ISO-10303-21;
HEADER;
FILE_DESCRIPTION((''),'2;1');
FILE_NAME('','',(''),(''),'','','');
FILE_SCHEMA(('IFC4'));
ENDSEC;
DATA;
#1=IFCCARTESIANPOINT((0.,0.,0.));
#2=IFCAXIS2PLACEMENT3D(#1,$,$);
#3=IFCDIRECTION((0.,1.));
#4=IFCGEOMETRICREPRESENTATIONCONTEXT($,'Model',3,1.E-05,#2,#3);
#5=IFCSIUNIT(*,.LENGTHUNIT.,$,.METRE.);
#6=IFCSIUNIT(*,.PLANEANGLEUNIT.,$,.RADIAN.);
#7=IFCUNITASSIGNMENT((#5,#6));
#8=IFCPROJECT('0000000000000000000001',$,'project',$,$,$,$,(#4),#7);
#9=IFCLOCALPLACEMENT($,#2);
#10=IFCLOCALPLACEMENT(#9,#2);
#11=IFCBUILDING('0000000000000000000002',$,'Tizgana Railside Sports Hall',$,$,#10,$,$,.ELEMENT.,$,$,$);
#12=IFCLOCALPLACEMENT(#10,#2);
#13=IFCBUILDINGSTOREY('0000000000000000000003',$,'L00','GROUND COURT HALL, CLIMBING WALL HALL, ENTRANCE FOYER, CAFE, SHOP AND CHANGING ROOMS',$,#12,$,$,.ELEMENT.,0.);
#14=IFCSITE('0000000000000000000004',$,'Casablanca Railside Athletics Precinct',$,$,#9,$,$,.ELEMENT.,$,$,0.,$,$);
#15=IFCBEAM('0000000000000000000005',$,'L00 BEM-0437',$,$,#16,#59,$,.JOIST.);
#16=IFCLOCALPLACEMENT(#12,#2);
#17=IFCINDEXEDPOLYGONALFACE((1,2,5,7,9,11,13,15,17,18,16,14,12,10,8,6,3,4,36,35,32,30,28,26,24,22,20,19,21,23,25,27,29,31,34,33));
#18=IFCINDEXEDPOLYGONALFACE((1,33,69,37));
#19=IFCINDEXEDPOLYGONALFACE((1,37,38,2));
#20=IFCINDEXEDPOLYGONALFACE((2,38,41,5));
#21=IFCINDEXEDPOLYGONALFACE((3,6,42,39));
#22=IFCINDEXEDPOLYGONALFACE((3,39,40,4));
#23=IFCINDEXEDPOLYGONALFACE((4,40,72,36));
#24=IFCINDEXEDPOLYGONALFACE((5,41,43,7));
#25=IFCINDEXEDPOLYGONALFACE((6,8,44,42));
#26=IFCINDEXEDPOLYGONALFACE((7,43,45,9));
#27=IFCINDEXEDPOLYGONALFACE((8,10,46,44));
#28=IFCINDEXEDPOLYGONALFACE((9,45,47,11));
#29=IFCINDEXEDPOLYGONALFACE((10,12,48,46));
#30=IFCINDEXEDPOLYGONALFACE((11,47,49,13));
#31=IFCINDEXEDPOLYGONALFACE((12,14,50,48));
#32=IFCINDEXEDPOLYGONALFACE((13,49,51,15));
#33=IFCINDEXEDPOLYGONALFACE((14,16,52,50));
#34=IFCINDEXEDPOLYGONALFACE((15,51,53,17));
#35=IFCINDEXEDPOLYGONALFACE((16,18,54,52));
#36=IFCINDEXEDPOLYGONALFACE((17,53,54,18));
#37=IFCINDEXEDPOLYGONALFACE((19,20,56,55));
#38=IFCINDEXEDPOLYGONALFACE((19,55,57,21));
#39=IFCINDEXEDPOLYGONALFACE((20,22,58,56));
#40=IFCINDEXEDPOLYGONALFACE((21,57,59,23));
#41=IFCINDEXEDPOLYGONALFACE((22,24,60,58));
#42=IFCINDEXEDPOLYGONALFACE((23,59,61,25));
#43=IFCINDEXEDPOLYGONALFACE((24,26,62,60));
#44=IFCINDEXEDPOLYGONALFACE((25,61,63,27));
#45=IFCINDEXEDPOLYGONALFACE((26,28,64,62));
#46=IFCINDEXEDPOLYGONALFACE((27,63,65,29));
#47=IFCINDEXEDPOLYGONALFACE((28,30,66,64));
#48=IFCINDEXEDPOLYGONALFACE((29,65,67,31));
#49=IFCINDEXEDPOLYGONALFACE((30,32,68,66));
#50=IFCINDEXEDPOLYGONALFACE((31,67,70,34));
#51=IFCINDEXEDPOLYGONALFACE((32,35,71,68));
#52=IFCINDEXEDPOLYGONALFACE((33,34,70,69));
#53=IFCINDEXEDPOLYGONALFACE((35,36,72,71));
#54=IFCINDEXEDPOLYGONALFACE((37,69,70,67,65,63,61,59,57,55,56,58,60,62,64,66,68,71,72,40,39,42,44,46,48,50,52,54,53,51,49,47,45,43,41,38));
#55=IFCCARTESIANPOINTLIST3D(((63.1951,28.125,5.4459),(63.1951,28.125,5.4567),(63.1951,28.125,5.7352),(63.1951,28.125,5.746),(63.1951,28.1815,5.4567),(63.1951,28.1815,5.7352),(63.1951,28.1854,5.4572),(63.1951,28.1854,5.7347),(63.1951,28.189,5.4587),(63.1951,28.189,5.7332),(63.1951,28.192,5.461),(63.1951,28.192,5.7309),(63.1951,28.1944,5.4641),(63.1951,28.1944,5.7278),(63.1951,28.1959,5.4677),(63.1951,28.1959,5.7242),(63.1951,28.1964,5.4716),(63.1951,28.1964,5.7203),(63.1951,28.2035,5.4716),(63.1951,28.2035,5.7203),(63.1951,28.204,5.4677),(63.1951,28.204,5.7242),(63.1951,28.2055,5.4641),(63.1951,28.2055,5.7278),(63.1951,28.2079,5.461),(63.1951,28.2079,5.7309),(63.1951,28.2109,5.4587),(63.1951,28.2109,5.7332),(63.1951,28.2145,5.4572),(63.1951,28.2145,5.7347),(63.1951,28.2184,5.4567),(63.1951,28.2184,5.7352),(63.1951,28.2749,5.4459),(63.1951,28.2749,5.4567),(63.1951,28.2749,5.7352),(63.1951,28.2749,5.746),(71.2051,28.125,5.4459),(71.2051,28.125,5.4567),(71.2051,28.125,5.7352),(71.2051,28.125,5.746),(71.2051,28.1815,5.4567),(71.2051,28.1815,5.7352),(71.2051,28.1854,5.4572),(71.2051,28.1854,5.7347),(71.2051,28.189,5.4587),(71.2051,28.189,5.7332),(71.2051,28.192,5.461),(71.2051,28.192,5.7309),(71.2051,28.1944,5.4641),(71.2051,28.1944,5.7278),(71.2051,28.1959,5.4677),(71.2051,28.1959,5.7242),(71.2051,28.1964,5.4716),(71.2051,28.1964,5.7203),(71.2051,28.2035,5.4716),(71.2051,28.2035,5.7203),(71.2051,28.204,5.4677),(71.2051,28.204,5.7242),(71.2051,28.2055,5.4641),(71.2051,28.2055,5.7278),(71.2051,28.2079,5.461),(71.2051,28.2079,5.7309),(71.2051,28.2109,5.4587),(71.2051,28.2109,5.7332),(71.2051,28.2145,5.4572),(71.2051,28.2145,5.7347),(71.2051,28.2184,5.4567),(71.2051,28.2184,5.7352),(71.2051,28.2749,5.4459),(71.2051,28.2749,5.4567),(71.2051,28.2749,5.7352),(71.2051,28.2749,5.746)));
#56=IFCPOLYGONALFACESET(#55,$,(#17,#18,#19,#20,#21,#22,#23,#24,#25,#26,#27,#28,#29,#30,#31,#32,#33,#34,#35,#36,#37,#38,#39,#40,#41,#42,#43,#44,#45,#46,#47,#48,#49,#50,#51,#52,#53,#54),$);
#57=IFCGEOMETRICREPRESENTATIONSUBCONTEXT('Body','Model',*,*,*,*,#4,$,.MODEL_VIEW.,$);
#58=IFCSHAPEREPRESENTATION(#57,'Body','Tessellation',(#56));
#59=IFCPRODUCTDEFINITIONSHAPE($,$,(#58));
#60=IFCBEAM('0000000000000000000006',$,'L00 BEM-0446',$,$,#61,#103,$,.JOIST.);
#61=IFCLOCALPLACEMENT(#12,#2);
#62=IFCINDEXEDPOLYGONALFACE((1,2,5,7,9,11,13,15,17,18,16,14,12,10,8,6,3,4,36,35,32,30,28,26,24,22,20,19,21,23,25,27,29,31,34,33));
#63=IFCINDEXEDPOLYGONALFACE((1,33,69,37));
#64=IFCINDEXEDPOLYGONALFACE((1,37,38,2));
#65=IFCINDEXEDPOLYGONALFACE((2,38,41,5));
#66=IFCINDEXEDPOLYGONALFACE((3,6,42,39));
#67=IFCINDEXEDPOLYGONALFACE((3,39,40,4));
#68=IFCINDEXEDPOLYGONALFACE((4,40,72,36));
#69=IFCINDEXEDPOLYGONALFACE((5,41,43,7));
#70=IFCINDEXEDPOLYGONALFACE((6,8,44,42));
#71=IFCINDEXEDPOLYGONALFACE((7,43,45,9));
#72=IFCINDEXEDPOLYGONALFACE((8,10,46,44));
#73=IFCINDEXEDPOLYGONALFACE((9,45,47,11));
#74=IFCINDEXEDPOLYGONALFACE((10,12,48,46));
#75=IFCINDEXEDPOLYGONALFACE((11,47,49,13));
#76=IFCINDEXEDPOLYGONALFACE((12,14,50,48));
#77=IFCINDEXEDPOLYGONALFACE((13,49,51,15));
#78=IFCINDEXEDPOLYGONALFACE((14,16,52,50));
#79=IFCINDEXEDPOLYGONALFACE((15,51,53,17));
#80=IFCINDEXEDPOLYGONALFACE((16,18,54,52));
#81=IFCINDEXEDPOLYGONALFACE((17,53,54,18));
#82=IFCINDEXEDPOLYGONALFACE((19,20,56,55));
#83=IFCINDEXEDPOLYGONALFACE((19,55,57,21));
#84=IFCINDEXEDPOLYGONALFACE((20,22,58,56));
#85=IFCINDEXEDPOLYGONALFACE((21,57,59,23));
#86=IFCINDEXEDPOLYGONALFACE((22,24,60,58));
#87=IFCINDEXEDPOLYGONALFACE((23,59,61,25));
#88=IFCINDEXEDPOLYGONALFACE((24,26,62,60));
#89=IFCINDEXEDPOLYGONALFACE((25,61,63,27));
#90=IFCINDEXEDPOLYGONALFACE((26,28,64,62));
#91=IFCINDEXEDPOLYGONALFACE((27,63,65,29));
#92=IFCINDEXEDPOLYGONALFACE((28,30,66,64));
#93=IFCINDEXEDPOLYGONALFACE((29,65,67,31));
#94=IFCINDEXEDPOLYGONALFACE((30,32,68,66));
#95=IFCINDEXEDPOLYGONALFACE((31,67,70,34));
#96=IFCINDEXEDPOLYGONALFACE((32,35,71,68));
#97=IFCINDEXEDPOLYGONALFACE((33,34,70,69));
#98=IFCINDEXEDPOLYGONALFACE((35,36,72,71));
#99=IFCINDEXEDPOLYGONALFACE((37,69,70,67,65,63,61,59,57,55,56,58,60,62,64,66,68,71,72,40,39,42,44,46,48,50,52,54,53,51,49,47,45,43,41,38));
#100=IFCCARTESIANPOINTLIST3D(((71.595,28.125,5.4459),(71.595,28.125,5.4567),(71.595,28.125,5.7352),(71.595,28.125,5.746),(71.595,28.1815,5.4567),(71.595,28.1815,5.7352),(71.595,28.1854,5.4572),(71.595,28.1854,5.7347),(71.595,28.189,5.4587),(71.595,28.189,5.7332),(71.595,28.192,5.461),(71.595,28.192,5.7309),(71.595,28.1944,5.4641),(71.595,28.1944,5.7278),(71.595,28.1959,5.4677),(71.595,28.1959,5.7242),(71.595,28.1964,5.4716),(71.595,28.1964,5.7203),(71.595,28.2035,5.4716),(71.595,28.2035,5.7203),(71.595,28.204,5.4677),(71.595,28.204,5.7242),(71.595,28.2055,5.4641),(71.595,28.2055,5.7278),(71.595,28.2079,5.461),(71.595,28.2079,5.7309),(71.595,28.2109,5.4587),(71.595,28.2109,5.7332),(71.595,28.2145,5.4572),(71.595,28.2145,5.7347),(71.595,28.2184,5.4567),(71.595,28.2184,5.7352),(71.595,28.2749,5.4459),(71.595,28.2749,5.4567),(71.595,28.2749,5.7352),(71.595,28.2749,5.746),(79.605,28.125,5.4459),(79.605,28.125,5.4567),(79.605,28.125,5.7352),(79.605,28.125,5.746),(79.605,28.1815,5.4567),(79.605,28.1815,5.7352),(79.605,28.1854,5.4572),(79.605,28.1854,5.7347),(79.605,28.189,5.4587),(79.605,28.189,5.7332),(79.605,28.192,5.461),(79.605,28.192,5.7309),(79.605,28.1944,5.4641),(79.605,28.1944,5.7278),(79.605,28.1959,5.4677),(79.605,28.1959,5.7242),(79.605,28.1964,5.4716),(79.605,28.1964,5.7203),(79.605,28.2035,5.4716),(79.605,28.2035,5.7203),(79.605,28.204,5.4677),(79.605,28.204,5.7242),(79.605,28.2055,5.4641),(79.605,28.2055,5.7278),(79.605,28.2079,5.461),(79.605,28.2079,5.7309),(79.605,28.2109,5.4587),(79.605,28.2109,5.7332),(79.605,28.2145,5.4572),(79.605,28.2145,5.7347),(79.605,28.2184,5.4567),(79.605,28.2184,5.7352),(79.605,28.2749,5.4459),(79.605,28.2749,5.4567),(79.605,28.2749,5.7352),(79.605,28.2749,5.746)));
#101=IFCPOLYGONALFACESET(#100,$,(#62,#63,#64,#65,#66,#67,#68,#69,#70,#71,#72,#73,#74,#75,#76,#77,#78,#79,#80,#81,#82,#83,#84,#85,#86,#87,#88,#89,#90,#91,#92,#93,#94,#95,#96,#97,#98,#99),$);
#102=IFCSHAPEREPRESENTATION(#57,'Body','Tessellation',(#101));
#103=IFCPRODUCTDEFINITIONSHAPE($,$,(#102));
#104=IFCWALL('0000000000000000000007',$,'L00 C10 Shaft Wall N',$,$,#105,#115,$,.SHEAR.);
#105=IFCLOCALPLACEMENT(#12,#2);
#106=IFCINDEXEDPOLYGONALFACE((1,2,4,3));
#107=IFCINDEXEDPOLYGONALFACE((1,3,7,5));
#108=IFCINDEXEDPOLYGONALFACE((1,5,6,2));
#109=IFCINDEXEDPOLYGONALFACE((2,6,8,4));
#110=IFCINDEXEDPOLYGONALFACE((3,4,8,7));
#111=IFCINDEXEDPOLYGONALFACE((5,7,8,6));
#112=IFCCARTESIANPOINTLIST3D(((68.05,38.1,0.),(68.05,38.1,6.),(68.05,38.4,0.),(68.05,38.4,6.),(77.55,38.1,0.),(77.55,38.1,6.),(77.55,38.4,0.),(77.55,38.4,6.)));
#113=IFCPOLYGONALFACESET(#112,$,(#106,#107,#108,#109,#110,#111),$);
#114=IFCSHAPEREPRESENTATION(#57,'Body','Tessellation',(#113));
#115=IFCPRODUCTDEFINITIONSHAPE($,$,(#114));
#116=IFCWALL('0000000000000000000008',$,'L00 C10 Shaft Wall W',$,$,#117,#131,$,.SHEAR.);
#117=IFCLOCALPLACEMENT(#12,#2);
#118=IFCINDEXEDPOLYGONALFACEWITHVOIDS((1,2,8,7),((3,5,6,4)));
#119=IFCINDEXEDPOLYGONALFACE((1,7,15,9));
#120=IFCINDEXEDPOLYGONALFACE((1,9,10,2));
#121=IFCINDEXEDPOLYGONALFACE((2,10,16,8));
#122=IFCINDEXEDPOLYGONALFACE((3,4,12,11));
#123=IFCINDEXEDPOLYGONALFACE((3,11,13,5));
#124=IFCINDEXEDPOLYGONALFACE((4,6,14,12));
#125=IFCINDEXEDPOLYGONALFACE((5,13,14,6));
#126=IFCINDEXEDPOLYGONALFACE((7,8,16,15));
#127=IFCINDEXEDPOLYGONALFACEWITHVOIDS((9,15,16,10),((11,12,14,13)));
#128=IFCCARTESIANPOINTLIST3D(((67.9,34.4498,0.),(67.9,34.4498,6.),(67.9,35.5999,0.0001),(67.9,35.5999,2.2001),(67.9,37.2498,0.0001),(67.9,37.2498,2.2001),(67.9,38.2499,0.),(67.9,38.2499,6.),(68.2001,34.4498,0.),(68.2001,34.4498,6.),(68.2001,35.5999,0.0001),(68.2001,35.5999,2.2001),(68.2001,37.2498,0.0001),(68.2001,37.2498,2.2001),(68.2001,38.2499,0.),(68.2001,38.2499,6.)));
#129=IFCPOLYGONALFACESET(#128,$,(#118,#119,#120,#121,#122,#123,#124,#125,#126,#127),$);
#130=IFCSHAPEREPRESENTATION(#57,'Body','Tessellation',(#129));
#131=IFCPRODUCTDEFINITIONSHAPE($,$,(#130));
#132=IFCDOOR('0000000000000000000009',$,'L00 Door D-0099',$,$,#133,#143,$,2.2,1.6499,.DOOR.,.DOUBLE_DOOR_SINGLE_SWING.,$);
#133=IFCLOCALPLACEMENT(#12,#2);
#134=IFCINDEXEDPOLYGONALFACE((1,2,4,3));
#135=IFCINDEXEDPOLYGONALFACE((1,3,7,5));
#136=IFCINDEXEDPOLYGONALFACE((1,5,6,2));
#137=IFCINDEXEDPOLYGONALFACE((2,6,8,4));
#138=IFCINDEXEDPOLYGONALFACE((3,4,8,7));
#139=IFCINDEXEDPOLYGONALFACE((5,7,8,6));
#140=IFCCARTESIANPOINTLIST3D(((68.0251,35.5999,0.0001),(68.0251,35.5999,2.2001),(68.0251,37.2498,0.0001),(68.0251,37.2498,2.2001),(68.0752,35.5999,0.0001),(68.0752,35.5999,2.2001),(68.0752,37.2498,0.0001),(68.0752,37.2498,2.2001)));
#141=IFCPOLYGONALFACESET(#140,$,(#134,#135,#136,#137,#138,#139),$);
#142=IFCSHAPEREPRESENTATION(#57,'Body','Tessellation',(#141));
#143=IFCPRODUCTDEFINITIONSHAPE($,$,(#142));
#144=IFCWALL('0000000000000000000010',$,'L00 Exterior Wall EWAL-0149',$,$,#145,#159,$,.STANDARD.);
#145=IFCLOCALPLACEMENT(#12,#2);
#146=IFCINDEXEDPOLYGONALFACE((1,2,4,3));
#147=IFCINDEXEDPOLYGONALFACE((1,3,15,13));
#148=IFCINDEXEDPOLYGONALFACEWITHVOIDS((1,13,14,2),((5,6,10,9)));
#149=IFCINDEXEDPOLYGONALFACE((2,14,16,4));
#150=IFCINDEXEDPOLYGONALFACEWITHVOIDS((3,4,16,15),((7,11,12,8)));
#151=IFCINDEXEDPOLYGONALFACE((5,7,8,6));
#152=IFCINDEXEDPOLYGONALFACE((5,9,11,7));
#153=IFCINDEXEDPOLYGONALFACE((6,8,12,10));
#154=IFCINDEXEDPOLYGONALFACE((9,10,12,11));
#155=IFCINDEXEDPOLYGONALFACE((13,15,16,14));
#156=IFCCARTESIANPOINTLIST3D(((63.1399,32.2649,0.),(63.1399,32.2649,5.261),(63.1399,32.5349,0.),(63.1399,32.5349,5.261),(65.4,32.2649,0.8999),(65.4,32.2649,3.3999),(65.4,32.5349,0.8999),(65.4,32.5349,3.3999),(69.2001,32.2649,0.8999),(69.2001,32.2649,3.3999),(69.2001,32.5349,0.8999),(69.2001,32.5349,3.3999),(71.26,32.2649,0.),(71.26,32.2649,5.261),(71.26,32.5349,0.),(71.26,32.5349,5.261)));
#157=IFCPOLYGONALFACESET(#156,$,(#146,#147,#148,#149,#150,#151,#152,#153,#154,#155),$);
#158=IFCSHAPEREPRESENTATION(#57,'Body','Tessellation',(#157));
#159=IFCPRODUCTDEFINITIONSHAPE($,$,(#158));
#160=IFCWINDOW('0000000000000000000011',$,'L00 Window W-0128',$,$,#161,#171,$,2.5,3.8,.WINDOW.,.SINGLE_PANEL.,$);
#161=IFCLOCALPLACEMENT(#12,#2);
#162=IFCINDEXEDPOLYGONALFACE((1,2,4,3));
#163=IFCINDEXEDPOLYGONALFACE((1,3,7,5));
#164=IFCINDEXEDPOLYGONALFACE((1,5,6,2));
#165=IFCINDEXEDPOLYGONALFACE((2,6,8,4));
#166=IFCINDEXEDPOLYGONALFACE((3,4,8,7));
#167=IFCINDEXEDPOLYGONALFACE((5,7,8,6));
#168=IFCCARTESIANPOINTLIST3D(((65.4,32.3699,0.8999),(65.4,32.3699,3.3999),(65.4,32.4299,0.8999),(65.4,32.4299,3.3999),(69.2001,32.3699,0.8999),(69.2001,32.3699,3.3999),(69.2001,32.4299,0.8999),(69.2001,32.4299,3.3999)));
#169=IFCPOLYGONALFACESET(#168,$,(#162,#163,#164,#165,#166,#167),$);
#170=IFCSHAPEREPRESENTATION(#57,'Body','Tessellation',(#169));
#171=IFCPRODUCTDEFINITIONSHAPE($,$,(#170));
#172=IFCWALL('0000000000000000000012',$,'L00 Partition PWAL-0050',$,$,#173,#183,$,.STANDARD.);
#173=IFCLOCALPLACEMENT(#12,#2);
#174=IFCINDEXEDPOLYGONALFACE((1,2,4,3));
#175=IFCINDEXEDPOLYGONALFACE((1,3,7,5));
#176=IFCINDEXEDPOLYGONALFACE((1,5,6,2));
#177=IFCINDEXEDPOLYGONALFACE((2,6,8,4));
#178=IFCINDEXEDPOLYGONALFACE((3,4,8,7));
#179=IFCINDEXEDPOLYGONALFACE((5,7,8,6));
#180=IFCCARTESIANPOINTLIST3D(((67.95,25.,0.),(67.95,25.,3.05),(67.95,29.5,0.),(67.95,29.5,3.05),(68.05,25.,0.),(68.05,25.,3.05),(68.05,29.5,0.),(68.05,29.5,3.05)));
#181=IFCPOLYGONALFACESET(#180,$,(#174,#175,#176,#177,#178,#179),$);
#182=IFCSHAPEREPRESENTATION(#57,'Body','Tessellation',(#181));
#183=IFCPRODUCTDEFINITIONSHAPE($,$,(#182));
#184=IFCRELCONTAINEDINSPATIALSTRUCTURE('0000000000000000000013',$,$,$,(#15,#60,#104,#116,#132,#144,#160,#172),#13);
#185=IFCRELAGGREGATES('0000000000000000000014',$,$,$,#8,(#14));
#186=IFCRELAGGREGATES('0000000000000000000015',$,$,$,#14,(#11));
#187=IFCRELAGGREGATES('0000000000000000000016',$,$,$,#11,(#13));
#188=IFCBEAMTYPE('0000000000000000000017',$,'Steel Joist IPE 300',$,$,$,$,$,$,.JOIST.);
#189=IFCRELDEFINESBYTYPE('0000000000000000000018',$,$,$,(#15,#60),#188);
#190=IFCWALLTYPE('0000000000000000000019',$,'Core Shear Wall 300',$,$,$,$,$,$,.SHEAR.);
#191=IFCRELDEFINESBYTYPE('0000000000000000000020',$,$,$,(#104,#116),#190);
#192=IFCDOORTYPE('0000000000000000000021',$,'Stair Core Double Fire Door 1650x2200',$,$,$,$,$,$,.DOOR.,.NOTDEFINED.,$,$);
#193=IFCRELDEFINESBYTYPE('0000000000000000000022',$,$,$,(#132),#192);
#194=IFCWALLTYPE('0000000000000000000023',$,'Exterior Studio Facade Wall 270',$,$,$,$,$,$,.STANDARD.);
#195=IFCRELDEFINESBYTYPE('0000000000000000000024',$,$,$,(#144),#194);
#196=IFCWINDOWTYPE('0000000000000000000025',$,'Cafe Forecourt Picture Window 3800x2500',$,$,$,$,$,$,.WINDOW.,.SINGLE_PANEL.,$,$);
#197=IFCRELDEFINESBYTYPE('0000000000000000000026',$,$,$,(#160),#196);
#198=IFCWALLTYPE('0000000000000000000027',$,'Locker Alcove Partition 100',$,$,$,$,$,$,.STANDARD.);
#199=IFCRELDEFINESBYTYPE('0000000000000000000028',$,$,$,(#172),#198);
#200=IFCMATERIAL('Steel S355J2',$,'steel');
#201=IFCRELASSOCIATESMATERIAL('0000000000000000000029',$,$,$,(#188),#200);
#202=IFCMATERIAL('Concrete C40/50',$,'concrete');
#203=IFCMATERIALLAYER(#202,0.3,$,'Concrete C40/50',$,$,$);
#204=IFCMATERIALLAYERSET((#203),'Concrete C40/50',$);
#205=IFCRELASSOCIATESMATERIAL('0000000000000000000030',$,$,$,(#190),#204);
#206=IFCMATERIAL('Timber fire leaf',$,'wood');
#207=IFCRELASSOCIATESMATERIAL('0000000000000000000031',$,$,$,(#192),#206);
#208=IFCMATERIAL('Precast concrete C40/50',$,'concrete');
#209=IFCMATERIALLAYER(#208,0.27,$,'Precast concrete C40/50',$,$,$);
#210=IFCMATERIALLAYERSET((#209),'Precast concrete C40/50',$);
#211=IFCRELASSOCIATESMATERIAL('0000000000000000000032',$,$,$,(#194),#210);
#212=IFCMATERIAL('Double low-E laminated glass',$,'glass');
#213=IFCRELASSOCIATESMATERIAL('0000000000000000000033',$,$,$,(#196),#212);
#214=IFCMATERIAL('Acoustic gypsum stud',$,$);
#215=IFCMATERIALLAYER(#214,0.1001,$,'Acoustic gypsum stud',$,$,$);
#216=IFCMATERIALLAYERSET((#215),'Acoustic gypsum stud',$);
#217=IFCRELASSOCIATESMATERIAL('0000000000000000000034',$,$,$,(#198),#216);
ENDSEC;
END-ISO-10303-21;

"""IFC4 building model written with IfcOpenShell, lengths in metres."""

from ifc_helpers import new_model, si_unit, direction, frame, frame_2d, origin, origin_2d, place, context, subcontext, project, spatial, rectangle, i_section, extrude, material, layer, layer_set, material_profile, profile_set, type_object, element, fill, save


model = new_model("IFC4")

# Units and contexts
model_context = context("Model", 3, precision=1e-05, world=origin(), true_north=direction((0.0, 1.0)))
body_context = subcontext(model_context, "Body", "Model", "MODEL_VIEW")
ifc_project = project(units=[si_unit("LENGTHUNIT", "METRE"), si_unit("PLANEANGLEUNIT", "RADIAN")], contexts=[model_context])

# Site, building, storey
site_placement = place(None, origin())
site = spatial("IfcSite", under=ifc_project, at=site_placement, Name="Casablanca Railside Athletics Precinct", CompositionType="ELEMENT", RefElevation=0.0)
building_placement = place(site_placement, origin())
building = spatial("IfcBuilding", under=site, at=building_placement, Name="Tizgana Railside Sports Hall", CompositionType="ELEMENT")
storey_placement = place(building_placement, origin())
storey = spatial("IfcBuildingStorey", under=building, at=storey_placement, Name="L00", Description="GROUND COURT HALL, CLIMBING WALL HALL, ENTRANCE FOYER, CAFE, SHOP AND CHANGING ROOMS", CompositionType="ELEMENT", Elevation=0.0)

# Shared definitions
ifc_material_1 = material(Name="Steel S355J2", Category="steel")

# Beams
ifc_material_profile_1 = material_profile(ifc_material_1, i_section(OverallWidth=0.1499, OverallDepth=0.3, WebThickness=0.0071, FlangeThickness=0.0107, FilletRadius=0.0149, at=origin_2d()), Name="IPE 300")
ifc_profile_set_1 = profile_set([ifc_material_profile_1], Name="Steel S355J2")
beam_type_1 = type_object("IfcBeamType", Name="Steel Joist IPE 300", PredefinedType="JOIST", material=ifc_profile_set_1)
for number, where, z_axis, x_axis, name in (
    (1, (63.1951, 28.2, 5.5959), (1.0, 0.0, 0.0), (0.0, 1.0, 0.0), "L00 BEM-0437"),
    (2, (71.595, 28.2, 5.5959), (1.0, 0.0, 0.0), (0.0, 1.0, 0.0), "L00 BEM-0446"),
):
    element("IfcBeam", number, at=place(storey_placement, frame(where, z_axis=z_axis, x_axis=x_axis)), inside=storey, type_object=beam_type_1, Name=name, PredefinedType="JOIST", context=body_context, shape_type="SweptSolid", body=[
        extrude(i_section(OverallWidth=0.1499, OverallDepth=0.3, WebThickness=0.0071, FlangeThickness=0.0107, FilletRadius=0.0149, at=origin_2d()), origin(), (0.0, 0.0, 1.0), 8.01),
    ])

# Wall
ifc_material_2 = material(Name="Concrete C40/50", Category="concrete")
ifc_layer_1 = layer(ifc_material_2, 0.3, Name="Concrete C40/50")
ifc_layer_set_1 = layer_set([ifc_layer_1], Name="Concrete C40/50")
wall_type_1 = type_object("IfcWallType", Name="Core Shear Wall 300", PredefinedType="SHEAR", material=ifc_layer_set_1)
wall_1_placement = place(storey_placement, frame((68.05, 38.25, 0.0), z_axis=(0.0, 0.0, 1.0), x_axis=(1.0, 0.0, 0.0)))
element("IfcWall", 3, at=wall_1_placement, inside=storey, type_object=wall_type_1, Name="L00 C10 Shaft Wall N", PredefinedType="SHEAR", context=body_context, shape_type="SweptSolid", body=[
    extrude(rectangle(XDim=9.5, YDim=0.3, at=frame_2d((4.75, 0.0))), origin(), (0.0, 0.0, 1.0), 6.0),
])

# Wall, opening, door
wall_2_placement = place(storey_placement, frame((68.05, 34.45, 0.0), z_axis=(0.0, 0.0, 1.0), x_axis=(0.0, 1.0, 0.0)))
wall_2 = element("IfcWall", 4, at=wall_2_placement, inside=storey, type_object=wall_type_1, Name="L00 C10 Shaft Wall W", PredefinedType="SHEAR", context=body_context, shape_type="SweptSolid", body=[
    extrude(rectangle(XDim=3.8, YDim=0.3, at=frame_2d((1.8999, 0.0))), origin(), (0.0, 0.0, 1.0), 6.0),
])
opening_1_placement = place(wall_2_placement, frame((1.1499, 0.0, 0.0)))
opening_1 = element("IfcOpeningElement", 5, at=opening_1_placement, cuts=wall_2, PredefinedType="OPENING", context=body_context, shape_type="SweptSolid", body=[
    extrude(rectangle(XDim=1.6499, YDim=2.2, at=frame_2d((0.825, 1.1001))), frame((0.0, 0.1599, 0.0), z_axis=(0.0, -1.0, 0.0), x_axis=(1.0, 0.0, 0.0)), (0.0, 0.0, 1.0), 0.3201),
])
ifc_material_3 = material(Name="Timber fire leaf", Category="wood")
door_type = type_object("IfcDoorType", Name="Stair Core Double Fire Door 1650x2200", OperationType="NOTDEFINED", PredefinedType="DOOR", material=ifc_material_3)
door_placement = place(opening_1_placement, origin())
door = element("IfcDoor", 6, at=door_placement, inside=storey, type_object=door_type, Name="L00 Door D-0099", OperationType="DOUBLE_DOOR_SINGLE_SWING", OverallHeight=2.2, OverallWidth=1.6499, PredefinedType="DOOR", context=body_context, shape_type="SweptSolid", body=[
    extrude(rectangle(XDim=1.6499, YDim=2.2, at=frame_2d((0.825, 1.1001))), frame((0.0, 0.0249, 0.0), z_axis=(0.0, -1.0, 0.0), x_axis=(1.0, 0.0, 0.0)), (0.0, 0.0, 1.0), 0.05),
])
fill(opening_1, door)

# Wall, opening, window
ifc_material_4 = material(Name="Precast concrete C40/50", Category="concrete")
ifc_layer_2 = layer(ifc_material_4, 0.27, Name="Precast concrete C40/50")
ifc_layer_set_2 = layer_set([ifc_layer_2], Name="Precast concrete C40/50")
wall_type_2 = type_object("IfcWallType", Name="Exterior Studio Facade Wall 270", PredefinedType="STANDARD", material=ifc_layer_set_2)
wall_3_placement = place(storey_placement, frame((71.26, 32.3999, 0.0), z_axis=(0.0, 0.0, 1.0), x_axis=(-1.0, 0.0, 0.0)))
wall_3 = element("IfcWall", 7, at=wall_3_placement, inside=storey, type_object=wall_type_2, Name="L00 Exterior Wall EWAL-0149", PredefinedType="STANDARD", context=body_context, shape_type="SweptSolid", body=[
    extrude(rectangle(XDim=8.1201, YDim=0.27, at=frame_2d((4.0601, 0.0))), origin(), (0.0, 0.0, 1.0), 5.261),
])
opening_2_placement = place(wall_3_placement, frame((2.0601, 0.0, 0.8999)))
opening_2 = element("IfcOpeningElement", 8, at=opening_2_placement, cuts=wall_3, PredefinedType="OPENING", context=body_context, shape_type="SweptSolid", body=[
    extrude(rectangle(XDim=3.8, YDim=2.5, at=frame_2d((1.8999, 1.25))), frame((0.0, 0.145, 0.0), z_axis=(0.0, -1.0, 0.0), x_axis=(1.0, 0.0, 0.0)), (0.0, 0.0, 1.0), 0.29),
])
ifc_material_5 = material(Name="Double low-E laminated glass", Category="glass")
window_type = type_object("IfcWindowType", Name="Cafe Forecourt Picture Window 3800x2500", PartitioningType="SINGLE_PANEL", PredefinedType="WINDOW", material=ifc_material_5)
window_placement = place(opening_2_placement, origin())
window = element("IfcWindow", 9, at=window_placement, inside=storey, type_object=window_type, Name="L00 Window W-0128", OverallHeight=2.5, OverallWidth=3.8, PartitioningType="SINGLE_PANEL", PredefinedType="WINDOW", context=body_context, shape_type="SweptSolid", body=[
    extrude(rectangle(XDim=3.8, YDim=2.5, at=frame_2d((1.8999, 1.25))), frame((0.0, 0.03, 0.0), z_axis=(0.0, -1.0, 0.0), x_axis=(1.0, 0.0, 0.0)), (0.0, 0.0, 1.0), 0.0601),
])
fill(opening_2, window)

# Wall
ifc_material_6 = material(Name="Acoustic gypsum stud")
ifc_layer_3 = layer(ifc_material_6, 0.1001, Name="Acoustic gypsum stud")
ifc_layer_set_3 = layer_set([ifc_layer_3], Name="Acoustic gypsum stud")
wall_type_3 = type_object("IfcWallType", Name="Locker Alcove Partition 100", PredefinedType="STANDARD", material=ifc_layer_set_3)
wall_4_placement = place(storey_placement, frame((68.0, 25.0, 0.0), z_axis=(0.0, 0.0, 1.0), x_axis=(0.0, 1.0, 0.0)))
element("IfcWall", 10, at=wall_4_placement, inside=storey, type_object=wall_type_3, Name="L00 Partition PWAL-0050", PredefinedType="STANDARD", context=body_context, shape_type="SweptSolid", body=[
    extrude(rectangle(XDim=4.5, YDim=0.1001, at=frame_2d((2.25, 0.0))), origin(), (0.0, 0.0, 1.0), 3.05),
])

save(model, "model.ifc")
